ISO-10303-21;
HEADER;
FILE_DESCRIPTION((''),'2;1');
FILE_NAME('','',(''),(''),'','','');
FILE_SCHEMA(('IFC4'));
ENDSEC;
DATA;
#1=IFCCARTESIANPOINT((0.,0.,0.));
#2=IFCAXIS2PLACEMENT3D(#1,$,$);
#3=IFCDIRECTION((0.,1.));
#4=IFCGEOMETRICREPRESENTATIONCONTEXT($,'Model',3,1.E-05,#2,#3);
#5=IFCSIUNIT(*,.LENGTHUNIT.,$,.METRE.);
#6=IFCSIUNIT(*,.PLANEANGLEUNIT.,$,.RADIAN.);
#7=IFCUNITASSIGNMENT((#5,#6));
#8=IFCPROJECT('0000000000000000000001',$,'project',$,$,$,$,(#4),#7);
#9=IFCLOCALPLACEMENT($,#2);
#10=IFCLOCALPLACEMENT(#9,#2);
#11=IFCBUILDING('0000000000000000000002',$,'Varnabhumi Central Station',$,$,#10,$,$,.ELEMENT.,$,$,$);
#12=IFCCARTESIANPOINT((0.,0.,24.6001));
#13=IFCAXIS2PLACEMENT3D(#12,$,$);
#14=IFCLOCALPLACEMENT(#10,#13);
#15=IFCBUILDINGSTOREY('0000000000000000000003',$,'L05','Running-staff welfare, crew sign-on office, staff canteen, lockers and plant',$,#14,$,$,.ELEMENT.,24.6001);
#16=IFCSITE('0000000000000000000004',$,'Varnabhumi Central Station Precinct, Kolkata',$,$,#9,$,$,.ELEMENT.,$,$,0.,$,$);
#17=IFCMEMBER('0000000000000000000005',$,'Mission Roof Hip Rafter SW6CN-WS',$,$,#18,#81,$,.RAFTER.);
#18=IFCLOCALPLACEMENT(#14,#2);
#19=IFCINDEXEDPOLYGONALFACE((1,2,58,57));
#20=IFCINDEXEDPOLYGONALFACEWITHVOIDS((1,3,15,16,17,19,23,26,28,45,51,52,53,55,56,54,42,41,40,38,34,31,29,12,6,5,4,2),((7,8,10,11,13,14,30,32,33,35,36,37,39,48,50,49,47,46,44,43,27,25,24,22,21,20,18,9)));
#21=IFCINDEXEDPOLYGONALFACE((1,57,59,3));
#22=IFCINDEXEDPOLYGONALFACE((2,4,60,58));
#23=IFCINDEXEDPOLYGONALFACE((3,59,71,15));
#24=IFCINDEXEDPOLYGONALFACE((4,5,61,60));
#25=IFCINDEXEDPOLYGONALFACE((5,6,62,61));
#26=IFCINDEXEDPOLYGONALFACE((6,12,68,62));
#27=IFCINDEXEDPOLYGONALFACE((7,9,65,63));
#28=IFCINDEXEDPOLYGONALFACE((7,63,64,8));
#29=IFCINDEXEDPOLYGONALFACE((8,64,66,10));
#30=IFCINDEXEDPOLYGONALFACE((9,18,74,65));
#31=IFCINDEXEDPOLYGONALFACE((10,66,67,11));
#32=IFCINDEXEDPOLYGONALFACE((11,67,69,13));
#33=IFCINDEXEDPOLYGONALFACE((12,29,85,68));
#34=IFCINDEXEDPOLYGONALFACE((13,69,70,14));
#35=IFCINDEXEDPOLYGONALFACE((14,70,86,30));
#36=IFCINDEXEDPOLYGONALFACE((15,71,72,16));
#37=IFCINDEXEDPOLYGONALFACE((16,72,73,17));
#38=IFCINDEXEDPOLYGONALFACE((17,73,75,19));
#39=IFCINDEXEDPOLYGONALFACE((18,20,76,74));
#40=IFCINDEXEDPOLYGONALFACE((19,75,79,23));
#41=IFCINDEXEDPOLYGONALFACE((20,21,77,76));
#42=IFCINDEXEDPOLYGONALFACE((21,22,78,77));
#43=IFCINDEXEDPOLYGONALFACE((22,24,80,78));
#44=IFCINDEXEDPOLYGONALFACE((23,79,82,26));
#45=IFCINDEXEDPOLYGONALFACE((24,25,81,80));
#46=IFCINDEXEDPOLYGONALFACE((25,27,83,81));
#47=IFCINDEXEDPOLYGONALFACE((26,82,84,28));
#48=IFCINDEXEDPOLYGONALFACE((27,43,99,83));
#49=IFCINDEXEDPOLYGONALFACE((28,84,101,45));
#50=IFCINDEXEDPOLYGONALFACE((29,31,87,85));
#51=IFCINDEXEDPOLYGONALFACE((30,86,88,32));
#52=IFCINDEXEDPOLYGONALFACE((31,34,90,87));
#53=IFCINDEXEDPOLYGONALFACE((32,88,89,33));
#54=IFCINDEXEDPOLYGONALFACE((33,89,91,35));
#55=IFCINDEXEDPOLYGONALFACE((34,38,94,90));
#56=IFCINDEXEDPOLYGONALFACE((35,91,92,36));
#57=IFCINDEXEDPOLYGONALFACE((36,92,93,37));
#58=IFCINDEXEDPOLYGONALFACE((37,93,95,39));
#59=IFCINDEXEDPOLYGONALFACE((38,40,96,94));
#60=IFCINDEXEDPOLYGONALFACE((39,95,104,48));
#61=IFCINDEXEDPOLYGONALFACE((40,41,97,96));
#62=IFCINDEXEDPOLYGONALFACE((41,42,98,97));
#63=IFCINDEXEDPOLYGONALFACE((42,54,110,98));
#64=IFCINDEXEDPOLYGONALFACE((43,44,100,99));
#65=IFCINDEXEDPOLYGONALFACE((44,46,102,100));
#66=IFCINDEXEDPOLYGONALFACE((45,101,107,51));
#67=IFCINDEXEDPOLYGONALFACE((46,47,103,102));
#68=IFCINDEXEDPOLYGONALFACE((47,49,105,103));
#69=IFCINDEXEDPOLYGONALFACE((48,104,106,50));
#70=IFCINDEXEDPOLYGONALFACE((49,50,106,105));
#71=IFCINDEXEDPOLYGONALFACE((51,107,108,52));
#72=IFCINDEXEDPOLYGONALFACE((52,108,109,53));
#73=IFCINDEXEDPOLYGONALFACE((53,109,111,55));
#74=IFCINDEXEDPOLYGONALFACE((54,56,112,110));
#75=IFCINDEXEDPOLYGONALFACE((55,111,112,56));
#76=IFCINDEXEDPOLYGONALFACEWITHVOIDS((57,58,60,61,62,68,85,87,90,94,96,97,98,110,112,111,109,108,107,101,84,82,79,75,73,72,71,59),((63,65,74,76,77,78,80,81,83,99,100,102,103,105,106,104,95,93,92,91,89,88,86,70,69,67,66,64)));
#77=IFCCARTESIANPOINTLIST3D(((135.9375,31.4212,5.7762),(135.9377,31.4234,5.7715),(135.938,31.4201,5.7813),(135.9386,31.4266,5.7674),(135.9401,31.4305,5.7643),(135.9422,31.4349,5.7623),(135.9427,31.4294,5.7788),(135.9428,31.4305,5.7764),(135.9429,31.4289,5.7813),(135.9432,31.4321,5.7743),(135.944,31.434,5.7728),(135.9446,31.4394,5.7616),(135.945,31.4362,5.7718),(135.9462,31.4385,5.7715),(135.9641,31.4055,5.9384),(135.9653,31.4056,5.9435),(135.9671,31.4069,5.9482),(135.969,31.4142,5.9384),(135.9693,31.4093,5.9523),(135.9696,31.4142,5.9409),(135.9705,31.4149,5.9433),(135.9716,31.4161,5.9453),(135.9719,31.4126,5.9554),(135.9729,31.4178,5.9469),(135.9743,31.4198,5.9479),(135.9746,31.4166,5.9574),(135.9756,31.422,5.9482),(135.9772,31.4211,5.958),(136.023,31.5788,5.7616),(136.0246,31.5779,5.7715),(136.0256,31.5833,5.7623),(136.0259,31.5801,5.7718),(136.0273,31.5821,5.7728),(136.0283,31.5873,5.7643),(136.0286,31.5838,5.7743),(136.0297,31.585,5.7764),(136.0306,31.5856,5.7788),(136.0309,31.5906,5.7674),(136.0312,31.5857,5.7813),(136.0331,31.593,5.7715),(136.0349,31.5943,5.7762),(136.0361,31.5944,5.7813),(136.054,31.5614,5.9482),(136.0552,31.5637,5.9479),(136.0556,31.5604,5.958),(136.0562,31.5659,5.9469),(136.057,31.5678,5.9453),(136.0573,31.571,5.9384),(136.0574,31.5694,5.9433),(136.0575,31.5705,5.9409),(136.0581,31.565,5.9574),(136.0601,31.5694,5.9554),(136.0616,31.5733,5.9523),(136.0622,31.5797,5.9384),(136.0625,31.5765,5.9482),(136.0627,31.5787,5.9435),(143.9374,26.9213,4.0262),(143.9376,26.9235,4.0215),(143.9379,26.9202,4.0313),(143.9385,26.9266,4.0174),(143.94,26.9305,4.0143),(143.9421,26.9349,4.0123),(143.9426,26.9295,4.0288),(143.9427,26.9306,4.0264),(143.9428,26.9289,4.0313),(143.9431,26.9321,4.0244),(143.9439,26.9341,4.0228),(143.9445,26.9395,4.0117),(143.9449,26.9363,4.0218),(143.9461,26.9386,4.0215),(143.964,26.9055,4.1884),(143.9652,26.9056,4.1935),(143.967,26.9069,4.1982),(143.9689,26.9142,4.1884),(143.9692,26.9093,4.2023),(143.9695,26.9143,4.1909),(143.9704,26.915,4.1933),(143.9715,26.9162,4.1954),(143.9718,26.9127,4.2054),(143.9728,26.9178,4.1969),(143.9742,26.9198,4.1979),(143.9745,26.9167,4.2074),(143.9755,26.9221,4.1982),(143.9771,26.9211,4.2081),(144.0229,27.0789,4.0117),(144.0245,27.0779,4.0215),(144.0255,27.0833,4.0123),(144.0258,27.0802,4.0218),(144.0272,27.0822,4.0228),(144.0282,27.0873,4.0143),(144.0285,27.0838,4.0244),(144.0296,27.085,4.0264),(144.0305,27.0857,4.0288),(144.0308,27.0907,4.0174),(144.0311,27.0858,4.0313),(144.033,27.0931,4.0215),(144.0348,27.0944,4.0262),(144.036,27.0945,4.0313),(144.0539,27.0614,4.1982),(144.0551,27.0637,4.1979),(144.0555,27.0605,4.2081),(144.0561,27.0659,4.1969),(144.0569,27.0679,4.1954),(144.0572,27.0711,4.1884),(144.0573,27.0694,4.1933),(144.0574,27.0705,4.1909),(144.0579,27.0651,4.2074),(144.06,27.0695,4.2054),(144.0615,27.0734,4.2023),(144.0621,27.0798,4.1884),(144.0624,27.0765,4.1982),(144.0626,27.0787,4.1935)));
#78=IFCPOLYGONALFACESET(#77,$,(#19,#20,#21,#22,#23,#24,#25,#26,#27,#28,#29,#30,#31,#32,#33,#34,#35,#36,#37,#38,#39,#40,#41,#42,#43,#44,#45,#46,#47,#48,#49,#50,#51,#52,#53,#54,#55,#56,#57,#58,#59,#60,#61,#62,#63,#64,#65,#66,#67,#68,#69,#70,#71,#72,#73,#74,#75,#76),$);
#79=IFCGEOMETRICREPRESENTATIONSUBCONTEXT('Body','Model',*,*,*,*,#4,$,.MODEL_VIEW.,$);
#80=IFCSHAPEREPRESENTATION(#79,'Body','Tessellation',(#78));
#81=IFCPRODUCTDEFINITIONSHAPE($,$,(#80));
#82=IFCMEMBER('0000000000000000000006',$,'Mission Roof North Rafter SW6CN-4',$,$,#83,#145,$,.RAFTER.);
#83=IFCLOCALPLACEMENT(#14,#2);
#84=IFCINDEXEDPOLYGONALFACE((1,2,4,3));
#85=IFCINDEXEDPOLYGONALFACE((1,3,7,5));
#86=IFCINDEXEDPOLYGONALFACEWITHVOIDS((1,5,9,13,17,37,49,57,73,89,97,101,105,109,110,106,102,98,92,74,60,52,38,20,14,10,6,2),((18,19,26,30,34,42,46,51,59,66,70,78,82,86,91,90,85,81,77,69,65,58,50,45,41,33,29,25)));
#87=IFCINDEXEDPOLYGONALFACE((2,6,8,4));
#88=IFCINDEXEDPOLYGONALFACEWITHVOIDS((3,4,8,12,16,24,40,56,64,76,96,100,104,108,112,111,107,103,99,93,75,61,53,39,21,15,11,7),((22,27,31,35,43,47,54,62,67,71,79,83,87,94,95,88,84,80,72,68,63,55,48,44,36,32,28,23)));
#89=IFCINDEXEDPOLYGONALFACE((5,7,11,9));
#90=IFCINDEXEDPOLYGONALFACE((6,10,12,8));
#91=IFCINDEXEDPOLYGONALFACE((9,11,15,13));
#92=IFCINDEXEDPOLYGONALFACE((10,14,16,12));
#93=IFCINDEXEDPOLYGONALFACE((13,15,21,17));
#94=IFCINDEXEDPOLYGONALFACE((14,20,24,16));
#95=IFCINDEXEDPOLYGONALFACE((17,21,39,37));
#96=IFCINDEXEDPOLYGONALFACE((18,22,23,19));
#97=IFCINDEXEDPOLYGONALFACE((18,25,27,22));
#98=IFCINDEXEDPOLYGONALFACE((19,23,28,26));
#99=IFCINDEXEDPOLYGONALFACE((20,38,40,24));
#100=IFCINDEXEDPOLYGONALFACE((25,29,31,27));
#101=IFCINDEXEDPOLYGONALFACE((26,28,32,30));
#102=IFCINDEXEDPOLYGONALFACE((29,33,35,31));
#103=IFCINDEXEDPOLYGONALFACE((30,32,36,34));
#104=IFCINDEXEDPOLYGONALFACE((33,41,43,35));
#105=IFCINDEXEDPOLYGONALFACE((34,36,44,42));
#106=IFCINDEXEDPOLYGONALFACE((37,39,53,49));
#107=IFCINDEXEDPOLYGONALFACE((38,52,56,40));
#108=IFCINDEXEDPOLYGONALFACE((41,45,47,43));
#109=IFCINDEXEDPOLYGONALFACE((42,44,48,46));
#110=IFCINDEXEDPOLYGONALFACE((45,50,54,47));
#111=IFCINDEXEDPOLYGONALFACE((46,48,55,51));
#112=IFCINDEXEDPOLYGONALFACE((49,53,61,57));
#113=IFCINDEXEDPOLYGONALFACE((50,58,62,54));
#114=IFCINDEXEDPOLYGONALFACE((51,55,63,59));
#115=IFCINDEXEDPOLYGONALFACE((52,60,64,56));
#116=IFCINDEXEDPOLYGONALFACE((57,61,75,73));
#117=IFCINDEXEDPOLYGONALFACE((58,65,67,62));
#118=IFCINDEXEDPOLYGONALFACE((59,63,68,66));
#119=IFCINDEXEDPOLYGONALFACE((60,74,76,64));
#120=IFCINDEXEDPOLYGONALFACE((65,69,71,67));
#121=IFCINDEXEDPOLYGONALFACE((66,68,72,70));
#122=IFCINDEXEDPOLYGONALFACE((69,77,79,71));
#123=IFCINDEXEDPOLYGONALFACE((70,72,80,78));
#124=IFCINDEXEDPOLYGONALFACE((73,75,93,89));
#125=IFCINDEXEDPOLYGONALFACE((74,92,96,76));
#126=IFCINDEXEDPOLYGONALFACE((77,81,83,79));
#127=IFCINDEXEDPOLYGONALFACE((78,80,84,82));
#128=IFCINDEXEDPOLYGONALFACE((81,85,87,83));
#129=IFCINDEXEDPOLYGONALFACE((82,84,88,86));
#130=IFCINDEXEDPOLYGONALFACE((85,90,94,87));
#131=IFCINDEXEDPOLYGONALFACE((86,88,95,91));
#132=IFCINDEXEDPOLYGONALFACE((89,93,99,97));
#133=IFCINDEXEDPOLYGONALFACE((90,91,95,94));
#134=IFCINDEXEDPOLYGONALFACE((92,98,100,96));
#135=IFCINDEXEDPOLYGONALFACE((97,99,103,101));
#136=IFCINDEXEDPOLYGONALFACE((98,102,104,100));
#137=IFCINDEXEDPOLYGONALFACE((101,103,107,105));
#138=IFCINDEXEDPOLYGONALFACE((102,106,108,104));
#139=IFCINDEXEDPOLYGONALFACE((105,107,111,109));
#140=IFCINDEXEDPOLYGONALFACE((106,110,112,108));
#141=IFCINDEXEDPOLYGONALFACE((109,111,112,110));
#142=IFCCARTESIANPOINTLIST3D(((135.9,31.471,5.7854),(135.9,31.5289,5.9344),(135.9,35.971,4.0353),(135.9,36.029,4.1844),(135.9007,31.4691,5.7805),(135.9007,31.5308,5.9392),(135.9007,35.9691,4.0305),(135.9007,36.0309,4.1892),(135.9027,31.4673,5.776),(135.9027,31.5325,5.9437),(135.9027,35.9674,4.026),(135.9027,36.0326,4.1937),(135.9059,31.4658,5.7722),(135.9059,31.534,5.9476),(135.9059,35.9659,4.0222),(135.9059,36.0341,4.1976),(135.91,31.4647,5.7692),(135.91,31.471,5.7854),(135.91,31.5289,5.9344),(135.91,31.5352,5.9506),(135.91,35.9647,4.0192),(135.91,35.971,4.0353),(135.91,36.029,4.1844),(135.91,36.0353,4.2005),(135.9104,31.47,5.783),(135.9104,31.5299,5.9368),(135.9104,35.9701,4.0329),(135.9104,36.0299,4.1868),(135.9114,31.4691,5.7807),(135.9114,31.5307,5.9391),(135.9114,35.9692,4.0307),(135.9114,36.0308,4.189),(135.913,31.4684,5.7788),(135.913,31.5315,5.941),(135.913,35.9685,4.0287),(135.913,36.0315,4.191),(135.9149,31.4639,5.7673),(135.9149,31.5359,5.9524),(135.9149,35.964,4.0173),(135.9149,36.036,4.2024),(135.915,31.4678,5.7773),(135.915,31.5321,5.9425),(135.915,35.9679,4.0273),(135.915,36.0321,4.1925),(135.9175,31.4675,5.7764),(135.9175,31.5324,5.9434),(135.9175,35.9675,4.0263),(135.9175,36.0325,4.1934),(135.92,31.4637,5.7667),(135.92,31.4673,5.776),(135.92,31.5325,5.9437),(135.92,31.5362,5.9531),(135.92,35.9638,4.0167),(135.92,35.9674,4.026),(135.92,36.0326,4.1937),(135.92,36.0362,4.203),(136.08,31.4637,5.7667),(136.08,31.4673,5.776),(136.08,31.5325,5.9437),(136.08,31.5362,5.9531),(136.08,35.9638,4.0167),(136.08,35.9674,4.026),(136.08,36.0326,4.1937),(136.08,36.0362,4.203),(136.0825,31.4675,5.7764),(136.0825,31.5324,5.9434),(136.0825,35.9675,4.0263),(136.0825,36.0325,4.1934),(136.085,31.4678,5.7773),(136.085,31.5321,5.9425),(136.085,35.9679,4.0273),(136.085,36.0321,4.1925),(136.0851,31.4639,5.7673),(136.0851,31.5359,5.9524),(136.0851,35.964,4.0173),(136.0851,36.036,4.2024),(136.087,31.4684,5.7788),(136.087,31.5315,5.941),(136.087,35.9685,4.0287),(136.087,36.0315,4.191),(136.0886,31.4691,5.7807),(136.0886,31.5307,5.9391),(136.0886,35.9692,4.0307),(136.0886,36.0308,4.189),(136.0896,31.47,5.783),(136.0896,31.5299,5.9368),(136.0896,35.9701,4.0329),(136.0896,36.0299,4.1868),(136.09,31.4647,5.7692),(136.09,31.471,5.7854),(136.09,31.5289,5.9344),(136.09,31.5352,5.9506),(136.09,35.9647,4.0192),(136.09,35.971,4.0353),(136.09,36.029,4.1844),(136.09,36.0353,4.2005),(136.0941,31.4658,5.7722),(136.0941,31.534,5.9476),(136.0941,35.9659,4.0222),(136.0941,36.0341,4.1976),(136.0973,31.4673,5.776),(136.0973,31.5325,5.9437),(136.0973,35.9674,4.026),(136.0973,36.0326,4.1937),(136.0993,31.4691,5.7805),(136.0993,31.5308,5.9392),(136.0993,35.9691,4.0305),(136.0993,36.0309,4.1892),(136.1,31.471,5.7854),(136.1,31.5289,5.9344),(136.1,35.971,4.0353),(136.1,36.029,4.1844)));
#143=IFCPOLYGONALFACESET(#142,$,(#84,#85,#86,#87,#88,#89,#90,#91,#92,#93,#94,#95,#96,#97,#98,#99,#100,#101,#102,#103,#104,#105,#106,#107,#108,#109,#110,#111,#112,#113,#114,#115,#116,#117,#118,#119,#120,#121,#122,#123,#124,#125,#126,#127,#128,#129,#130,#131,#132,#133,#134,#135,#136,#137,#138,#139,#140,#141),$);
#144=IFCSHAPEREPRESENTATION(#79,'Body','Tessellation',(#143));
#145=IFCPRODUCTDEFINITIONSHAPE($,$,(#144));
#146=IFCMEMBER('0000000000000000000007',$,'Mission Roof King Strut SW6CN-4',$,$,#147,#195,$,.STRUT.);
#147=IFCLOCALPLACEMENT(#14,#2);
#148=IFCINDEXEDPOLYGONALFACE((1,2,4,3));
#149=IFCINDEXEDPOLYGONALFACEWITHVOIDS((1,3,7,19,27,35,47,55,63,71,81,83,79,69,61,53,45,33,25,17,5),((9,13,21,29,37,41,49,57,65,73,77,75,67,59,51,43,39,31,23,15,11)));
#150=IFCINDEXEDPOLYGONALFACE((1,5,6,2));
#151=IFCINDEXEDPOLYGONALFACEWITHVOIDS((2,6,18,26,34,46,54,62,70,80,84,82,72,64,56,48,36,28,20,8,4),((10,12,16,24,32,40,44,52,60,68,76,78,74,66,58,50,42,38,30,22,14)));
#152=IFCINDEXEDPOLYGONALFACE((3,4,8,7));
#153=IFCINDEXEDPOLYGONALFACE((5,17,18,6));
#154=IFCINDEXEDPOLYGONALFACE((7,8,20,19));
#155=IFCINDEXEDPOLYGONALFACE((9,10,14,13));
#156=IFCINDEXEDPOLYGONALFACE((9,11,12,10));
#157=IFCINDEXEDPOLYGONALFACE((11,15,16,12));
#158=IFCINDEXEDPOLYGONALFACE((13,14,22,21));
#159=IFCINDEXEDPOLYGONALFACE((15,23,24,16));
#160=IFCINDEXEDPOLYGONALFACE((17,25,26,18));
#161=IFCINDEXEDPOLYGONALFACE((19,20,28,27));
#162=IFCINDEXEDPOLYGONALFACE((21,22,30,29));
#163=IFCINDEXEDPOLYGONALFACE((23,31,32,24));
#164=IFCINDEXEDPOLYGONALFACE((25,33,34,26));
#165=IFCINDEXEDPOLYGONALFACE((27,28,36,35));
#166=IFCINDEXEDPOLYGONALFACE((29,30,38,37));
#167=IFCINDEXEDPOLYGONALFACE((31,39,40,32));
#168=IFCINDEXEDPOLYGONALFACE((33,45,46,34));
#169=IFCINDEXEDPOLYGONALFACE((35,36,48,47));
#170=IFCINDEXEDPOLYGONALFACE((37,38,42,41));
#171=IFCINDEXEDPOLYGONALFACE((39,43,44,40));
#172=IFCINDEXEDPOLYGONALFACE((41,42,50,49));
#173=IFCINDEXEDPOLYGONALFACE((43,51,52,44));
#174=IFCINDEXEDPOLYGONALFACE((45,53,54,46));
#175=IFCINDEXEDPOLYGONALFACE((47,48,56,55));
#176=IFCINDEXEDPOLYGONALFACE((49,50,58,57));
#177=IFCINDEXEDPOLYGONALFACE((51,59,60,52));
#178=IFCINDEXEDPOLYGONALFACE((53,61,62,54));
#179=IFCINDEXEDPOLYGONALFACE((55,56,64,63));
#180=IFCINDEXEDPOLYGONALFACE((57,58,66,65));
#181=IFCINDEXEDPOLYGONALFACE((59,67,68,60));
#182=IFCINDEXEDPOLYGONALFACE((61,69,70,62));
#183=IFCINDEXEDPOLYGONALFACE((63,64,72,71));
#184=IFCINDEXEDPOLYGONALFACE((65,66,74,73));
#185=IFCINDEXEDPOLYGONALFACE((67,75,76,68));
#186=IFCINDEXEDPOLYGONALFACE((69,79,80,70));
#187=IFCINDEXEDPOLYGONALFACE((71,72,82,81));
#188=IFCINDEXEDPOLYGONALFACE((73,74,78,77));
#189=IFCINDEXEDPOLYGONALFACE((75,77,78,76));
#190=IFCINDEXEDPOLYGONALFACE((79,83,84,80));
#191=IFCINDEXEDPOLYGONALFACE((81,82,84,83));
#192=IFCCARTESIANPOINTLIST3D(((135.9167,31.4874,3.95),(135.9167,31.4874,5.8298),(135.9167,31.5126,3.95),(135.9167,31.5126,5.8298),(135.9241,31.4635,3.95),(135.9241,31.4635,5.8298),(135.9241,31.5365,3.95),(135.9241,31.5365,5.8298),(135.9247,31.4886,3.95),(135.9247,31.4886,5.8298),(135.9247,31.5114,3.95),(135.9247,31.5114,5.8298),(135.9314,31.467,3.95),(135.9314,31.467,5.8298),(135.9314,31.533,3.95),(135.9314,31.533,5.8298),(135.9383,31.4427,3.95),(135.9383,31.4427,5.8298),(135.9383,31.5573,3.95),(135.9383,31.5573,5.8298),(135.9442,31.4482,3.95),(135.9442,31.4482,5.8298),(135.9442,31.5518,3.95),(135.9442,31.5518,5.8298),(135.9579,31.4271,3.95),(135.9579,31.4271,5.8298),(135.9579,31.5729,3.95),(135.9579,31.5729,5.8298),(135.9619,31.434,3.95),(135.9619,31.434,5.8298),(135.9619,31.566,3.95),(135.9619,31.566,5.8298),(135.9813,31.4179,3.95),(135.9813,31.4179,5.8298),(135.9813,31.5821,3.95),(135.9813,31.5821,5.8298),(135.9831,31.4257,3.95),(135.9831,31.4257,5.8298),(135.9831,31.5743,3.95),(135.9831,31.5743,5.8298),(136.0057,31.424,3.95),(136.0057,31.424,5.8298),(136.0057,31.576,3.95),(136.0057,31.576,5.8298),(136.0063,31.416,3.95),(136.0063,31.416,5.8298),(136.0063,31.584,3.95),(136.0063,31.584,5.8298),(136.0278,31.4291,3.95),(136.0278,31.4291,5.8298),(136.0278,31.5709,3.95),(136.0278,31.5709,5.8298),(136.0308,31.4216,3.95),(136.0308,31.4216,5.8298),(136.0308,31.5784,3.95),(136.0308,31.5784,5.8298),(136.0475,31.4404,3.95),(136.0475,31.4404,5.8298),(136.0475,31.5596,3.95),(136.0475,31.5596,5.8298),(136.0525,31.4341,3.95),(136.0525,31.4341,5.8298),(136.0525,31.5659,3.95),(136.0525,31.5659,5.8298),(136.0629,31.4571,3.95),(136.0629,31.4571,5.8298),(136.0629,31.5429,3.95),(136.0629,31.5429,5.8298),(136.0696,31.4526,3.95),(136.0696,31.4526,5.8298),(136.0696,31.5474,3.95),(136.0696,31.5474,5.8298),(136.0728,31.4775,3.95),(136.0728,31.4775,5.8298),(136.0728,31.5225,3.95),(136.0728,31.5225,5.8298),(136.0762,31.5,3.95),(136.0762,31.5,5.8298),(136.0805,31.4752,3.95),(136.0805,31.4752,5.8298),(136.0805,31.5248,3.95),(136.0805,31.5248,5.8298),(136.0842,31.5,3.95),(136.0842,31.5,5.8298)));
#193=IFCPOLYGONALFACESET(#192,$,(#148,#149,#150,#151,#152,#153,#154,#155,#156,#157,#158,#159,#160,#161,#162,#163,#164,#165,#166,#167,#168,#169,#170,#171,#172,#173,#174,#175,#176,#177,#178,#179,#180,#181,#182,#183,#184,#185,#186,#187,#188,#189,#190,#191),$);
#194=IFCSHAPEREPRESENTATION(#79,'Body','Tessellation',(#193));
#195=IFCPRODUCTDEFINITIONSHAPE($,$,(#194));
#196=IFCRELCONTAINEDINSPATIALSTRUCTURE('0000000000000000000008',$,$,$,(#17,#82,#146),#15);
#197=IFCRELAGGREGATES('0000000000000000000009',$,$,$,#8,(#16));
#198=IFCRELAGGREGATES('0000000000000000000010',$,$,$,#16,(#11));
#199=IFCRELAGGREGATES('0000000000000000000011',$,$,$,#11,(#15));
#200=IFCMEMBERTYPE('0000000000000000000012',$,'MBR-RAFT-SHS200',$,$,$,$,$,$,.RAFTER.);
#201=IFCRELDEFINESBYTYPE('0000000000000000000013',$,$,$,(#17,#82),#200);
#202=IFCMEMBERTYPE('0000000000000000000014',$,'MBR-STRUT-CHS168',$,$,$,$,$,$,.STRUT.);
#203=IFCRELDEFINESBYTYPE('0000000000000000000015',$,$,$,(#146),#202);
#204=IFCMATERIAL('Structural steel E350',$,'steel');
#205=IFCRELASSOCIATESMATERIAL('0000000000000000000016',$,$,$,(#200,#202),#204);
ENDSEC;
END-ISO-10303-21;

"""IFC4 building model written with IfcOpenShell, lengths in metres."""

from ifc_helpers import new_model, si_unit, direction, frame, origin, origin_2d, place, context, subcontext, project, spatial, hollow_rectangle, hollow_circle, extrude, material, material_profile, profile_set, type_object, element, save


model = new_model("IFC4")

# Units and contexts
model_context = context("Model", 3, precision=1e-05, world=origin(), true_north=direction((0.0, 1.0)))
body_context = subcontext(model_context, "Body", "Model", "MODEL_VIEW")
ifc_project = project(units=[si_unit("LENGTHUNIT", "METRE"), si_unit("PLANEANGLEUNIT", "RADIAN")], contexts=[model_context])

# Site, building, storey
site_placement = place(None, origin())
site = spatial("IfcSite", under=ifc_project, at=site_placement, Name="Varnabhumi Central Station Precinct, Kolkata", CompositionType="ELEMENT", RefElevation=0.0)
building_placement = place(site_placement, origin())
building = spatial("IfcBuilding", under=site, at=building_placement, Name="Varnabhumi Central Station", CompositionType="ELEMENT")
storey_placement = place(building_placement, frame((0.0, 0.0, 24.6001)))
storey = spatial("IfcBuildingStorey", under=building, at=storey_placement, Name="L05", Description="Running-staff welfare, crew sign-on office, staff canteen, lockers and plant", CompositionType="ELEMENT", Elevation=24.6001)

# Shared definitions
ifc_material_1 = material(Name="Structural steel E350", Category="steel")

# Members
ifc_material_profile_1 = material_profile(ifc_material_1, hollow_rectangle(XDim=0.2, YDim=0.2, WallThickness=0.01, InnerFilletRadius=0.01, OuterFilletRadius=0.02, at=origin_2d()), Name="Structural steel E350", Category="steel")
ifc_profile_set_1 = profile_set([ifc_material_profile_1], Name="Structural steel E350")
member_type_1 = type_object("IfcMemberType", Name="MBR-RAFT-SHS200", PredefinedType="RAFTER", material=ifc_profile_set_1)
member_1_placement = place(storey_placement, frame((144.0, 27.0, 4.1099), z_axis=(-0.856154, 0.481586, 0.187284), x_axis=(-0.490261, -0.871576, 0.0)))
element("IfcMember", 1, at=member_1_placement, inside=storey, type_object=member_type_1, Name="Mission Roof Hip Rafter SW6CN-WS", PredefinedType="RAFTER", context=body_context, shape_type="SweptSolid", body=[
    extrude(hollow_rectangle(XDim=0.2, YDim=0.2, WallThickness=0.01, InnerFilletRadius=0.01, OuterFilletRadius=0.02, at=origin_2d()), origin(), (0.0, 0.0, 1.0), 9.344),
])
member_2_placement = place(storey_placement, frame((136.0, 36.0, 4.1099), z_axis=(0.0, -0.932005, 0.362446), x_axis=(1.0, 0.0, 0.0)))
element("IfcMember", 2, at=member_2_placement, inside=storey, type_object=member_type_1, Name="Mission Roof North Rafter SW6CN-4", PredefinedType="RAFTER", context=body_context, shape_type="SweptSolid", body=[
    extrude(hollow_rectangle(XDim=0.2, YDim=0.2, WallThickness=0.01, InnerFilletRadius=0.01, OuterFilletRadius=0.02, at=origin_2d()), origin(), (0.0, 0.0, 1.0), 4.8284),
])
ifc_material_profile_2 = material_profile(ifc_material_1, hollow_circle(Radius=0.0842, WallThickness=0.0081, at=origin_2d()), Name="Structural steel E350", Category="steel")
ifc_profile_set_2 = profile_set([ifc_material_profile_2], Name="Structural steel E350")
member_type_2 = type_object("IfcMemberType", Name="MBR-STRUT-CHS168", PredefinedType="STRUT", material=ifc_profile_set_2)
member_3_placement = place(storey_placement, frame((136.0, 31.5, 3.95), z_axis=(0.0, 0.0, 1.0), x_axis=(1.0, 0.0, 0.0)))
element("IfcMember", 3, at=member_3_placement, inside=storey, type_object=member_type_2, Name="Mission Roof King Strut SW6CN-4", PredefinedType="STRUT", context=body_context, shape_type="SweptSolid", body=[
    extrude(hollow_circle(Radius=0.0842, WallThickness=0.0081, at=origin_2d()), origin(), (0.0, 0.0, 1.0), 1.8799),
])

save(model, "model.ifc")
